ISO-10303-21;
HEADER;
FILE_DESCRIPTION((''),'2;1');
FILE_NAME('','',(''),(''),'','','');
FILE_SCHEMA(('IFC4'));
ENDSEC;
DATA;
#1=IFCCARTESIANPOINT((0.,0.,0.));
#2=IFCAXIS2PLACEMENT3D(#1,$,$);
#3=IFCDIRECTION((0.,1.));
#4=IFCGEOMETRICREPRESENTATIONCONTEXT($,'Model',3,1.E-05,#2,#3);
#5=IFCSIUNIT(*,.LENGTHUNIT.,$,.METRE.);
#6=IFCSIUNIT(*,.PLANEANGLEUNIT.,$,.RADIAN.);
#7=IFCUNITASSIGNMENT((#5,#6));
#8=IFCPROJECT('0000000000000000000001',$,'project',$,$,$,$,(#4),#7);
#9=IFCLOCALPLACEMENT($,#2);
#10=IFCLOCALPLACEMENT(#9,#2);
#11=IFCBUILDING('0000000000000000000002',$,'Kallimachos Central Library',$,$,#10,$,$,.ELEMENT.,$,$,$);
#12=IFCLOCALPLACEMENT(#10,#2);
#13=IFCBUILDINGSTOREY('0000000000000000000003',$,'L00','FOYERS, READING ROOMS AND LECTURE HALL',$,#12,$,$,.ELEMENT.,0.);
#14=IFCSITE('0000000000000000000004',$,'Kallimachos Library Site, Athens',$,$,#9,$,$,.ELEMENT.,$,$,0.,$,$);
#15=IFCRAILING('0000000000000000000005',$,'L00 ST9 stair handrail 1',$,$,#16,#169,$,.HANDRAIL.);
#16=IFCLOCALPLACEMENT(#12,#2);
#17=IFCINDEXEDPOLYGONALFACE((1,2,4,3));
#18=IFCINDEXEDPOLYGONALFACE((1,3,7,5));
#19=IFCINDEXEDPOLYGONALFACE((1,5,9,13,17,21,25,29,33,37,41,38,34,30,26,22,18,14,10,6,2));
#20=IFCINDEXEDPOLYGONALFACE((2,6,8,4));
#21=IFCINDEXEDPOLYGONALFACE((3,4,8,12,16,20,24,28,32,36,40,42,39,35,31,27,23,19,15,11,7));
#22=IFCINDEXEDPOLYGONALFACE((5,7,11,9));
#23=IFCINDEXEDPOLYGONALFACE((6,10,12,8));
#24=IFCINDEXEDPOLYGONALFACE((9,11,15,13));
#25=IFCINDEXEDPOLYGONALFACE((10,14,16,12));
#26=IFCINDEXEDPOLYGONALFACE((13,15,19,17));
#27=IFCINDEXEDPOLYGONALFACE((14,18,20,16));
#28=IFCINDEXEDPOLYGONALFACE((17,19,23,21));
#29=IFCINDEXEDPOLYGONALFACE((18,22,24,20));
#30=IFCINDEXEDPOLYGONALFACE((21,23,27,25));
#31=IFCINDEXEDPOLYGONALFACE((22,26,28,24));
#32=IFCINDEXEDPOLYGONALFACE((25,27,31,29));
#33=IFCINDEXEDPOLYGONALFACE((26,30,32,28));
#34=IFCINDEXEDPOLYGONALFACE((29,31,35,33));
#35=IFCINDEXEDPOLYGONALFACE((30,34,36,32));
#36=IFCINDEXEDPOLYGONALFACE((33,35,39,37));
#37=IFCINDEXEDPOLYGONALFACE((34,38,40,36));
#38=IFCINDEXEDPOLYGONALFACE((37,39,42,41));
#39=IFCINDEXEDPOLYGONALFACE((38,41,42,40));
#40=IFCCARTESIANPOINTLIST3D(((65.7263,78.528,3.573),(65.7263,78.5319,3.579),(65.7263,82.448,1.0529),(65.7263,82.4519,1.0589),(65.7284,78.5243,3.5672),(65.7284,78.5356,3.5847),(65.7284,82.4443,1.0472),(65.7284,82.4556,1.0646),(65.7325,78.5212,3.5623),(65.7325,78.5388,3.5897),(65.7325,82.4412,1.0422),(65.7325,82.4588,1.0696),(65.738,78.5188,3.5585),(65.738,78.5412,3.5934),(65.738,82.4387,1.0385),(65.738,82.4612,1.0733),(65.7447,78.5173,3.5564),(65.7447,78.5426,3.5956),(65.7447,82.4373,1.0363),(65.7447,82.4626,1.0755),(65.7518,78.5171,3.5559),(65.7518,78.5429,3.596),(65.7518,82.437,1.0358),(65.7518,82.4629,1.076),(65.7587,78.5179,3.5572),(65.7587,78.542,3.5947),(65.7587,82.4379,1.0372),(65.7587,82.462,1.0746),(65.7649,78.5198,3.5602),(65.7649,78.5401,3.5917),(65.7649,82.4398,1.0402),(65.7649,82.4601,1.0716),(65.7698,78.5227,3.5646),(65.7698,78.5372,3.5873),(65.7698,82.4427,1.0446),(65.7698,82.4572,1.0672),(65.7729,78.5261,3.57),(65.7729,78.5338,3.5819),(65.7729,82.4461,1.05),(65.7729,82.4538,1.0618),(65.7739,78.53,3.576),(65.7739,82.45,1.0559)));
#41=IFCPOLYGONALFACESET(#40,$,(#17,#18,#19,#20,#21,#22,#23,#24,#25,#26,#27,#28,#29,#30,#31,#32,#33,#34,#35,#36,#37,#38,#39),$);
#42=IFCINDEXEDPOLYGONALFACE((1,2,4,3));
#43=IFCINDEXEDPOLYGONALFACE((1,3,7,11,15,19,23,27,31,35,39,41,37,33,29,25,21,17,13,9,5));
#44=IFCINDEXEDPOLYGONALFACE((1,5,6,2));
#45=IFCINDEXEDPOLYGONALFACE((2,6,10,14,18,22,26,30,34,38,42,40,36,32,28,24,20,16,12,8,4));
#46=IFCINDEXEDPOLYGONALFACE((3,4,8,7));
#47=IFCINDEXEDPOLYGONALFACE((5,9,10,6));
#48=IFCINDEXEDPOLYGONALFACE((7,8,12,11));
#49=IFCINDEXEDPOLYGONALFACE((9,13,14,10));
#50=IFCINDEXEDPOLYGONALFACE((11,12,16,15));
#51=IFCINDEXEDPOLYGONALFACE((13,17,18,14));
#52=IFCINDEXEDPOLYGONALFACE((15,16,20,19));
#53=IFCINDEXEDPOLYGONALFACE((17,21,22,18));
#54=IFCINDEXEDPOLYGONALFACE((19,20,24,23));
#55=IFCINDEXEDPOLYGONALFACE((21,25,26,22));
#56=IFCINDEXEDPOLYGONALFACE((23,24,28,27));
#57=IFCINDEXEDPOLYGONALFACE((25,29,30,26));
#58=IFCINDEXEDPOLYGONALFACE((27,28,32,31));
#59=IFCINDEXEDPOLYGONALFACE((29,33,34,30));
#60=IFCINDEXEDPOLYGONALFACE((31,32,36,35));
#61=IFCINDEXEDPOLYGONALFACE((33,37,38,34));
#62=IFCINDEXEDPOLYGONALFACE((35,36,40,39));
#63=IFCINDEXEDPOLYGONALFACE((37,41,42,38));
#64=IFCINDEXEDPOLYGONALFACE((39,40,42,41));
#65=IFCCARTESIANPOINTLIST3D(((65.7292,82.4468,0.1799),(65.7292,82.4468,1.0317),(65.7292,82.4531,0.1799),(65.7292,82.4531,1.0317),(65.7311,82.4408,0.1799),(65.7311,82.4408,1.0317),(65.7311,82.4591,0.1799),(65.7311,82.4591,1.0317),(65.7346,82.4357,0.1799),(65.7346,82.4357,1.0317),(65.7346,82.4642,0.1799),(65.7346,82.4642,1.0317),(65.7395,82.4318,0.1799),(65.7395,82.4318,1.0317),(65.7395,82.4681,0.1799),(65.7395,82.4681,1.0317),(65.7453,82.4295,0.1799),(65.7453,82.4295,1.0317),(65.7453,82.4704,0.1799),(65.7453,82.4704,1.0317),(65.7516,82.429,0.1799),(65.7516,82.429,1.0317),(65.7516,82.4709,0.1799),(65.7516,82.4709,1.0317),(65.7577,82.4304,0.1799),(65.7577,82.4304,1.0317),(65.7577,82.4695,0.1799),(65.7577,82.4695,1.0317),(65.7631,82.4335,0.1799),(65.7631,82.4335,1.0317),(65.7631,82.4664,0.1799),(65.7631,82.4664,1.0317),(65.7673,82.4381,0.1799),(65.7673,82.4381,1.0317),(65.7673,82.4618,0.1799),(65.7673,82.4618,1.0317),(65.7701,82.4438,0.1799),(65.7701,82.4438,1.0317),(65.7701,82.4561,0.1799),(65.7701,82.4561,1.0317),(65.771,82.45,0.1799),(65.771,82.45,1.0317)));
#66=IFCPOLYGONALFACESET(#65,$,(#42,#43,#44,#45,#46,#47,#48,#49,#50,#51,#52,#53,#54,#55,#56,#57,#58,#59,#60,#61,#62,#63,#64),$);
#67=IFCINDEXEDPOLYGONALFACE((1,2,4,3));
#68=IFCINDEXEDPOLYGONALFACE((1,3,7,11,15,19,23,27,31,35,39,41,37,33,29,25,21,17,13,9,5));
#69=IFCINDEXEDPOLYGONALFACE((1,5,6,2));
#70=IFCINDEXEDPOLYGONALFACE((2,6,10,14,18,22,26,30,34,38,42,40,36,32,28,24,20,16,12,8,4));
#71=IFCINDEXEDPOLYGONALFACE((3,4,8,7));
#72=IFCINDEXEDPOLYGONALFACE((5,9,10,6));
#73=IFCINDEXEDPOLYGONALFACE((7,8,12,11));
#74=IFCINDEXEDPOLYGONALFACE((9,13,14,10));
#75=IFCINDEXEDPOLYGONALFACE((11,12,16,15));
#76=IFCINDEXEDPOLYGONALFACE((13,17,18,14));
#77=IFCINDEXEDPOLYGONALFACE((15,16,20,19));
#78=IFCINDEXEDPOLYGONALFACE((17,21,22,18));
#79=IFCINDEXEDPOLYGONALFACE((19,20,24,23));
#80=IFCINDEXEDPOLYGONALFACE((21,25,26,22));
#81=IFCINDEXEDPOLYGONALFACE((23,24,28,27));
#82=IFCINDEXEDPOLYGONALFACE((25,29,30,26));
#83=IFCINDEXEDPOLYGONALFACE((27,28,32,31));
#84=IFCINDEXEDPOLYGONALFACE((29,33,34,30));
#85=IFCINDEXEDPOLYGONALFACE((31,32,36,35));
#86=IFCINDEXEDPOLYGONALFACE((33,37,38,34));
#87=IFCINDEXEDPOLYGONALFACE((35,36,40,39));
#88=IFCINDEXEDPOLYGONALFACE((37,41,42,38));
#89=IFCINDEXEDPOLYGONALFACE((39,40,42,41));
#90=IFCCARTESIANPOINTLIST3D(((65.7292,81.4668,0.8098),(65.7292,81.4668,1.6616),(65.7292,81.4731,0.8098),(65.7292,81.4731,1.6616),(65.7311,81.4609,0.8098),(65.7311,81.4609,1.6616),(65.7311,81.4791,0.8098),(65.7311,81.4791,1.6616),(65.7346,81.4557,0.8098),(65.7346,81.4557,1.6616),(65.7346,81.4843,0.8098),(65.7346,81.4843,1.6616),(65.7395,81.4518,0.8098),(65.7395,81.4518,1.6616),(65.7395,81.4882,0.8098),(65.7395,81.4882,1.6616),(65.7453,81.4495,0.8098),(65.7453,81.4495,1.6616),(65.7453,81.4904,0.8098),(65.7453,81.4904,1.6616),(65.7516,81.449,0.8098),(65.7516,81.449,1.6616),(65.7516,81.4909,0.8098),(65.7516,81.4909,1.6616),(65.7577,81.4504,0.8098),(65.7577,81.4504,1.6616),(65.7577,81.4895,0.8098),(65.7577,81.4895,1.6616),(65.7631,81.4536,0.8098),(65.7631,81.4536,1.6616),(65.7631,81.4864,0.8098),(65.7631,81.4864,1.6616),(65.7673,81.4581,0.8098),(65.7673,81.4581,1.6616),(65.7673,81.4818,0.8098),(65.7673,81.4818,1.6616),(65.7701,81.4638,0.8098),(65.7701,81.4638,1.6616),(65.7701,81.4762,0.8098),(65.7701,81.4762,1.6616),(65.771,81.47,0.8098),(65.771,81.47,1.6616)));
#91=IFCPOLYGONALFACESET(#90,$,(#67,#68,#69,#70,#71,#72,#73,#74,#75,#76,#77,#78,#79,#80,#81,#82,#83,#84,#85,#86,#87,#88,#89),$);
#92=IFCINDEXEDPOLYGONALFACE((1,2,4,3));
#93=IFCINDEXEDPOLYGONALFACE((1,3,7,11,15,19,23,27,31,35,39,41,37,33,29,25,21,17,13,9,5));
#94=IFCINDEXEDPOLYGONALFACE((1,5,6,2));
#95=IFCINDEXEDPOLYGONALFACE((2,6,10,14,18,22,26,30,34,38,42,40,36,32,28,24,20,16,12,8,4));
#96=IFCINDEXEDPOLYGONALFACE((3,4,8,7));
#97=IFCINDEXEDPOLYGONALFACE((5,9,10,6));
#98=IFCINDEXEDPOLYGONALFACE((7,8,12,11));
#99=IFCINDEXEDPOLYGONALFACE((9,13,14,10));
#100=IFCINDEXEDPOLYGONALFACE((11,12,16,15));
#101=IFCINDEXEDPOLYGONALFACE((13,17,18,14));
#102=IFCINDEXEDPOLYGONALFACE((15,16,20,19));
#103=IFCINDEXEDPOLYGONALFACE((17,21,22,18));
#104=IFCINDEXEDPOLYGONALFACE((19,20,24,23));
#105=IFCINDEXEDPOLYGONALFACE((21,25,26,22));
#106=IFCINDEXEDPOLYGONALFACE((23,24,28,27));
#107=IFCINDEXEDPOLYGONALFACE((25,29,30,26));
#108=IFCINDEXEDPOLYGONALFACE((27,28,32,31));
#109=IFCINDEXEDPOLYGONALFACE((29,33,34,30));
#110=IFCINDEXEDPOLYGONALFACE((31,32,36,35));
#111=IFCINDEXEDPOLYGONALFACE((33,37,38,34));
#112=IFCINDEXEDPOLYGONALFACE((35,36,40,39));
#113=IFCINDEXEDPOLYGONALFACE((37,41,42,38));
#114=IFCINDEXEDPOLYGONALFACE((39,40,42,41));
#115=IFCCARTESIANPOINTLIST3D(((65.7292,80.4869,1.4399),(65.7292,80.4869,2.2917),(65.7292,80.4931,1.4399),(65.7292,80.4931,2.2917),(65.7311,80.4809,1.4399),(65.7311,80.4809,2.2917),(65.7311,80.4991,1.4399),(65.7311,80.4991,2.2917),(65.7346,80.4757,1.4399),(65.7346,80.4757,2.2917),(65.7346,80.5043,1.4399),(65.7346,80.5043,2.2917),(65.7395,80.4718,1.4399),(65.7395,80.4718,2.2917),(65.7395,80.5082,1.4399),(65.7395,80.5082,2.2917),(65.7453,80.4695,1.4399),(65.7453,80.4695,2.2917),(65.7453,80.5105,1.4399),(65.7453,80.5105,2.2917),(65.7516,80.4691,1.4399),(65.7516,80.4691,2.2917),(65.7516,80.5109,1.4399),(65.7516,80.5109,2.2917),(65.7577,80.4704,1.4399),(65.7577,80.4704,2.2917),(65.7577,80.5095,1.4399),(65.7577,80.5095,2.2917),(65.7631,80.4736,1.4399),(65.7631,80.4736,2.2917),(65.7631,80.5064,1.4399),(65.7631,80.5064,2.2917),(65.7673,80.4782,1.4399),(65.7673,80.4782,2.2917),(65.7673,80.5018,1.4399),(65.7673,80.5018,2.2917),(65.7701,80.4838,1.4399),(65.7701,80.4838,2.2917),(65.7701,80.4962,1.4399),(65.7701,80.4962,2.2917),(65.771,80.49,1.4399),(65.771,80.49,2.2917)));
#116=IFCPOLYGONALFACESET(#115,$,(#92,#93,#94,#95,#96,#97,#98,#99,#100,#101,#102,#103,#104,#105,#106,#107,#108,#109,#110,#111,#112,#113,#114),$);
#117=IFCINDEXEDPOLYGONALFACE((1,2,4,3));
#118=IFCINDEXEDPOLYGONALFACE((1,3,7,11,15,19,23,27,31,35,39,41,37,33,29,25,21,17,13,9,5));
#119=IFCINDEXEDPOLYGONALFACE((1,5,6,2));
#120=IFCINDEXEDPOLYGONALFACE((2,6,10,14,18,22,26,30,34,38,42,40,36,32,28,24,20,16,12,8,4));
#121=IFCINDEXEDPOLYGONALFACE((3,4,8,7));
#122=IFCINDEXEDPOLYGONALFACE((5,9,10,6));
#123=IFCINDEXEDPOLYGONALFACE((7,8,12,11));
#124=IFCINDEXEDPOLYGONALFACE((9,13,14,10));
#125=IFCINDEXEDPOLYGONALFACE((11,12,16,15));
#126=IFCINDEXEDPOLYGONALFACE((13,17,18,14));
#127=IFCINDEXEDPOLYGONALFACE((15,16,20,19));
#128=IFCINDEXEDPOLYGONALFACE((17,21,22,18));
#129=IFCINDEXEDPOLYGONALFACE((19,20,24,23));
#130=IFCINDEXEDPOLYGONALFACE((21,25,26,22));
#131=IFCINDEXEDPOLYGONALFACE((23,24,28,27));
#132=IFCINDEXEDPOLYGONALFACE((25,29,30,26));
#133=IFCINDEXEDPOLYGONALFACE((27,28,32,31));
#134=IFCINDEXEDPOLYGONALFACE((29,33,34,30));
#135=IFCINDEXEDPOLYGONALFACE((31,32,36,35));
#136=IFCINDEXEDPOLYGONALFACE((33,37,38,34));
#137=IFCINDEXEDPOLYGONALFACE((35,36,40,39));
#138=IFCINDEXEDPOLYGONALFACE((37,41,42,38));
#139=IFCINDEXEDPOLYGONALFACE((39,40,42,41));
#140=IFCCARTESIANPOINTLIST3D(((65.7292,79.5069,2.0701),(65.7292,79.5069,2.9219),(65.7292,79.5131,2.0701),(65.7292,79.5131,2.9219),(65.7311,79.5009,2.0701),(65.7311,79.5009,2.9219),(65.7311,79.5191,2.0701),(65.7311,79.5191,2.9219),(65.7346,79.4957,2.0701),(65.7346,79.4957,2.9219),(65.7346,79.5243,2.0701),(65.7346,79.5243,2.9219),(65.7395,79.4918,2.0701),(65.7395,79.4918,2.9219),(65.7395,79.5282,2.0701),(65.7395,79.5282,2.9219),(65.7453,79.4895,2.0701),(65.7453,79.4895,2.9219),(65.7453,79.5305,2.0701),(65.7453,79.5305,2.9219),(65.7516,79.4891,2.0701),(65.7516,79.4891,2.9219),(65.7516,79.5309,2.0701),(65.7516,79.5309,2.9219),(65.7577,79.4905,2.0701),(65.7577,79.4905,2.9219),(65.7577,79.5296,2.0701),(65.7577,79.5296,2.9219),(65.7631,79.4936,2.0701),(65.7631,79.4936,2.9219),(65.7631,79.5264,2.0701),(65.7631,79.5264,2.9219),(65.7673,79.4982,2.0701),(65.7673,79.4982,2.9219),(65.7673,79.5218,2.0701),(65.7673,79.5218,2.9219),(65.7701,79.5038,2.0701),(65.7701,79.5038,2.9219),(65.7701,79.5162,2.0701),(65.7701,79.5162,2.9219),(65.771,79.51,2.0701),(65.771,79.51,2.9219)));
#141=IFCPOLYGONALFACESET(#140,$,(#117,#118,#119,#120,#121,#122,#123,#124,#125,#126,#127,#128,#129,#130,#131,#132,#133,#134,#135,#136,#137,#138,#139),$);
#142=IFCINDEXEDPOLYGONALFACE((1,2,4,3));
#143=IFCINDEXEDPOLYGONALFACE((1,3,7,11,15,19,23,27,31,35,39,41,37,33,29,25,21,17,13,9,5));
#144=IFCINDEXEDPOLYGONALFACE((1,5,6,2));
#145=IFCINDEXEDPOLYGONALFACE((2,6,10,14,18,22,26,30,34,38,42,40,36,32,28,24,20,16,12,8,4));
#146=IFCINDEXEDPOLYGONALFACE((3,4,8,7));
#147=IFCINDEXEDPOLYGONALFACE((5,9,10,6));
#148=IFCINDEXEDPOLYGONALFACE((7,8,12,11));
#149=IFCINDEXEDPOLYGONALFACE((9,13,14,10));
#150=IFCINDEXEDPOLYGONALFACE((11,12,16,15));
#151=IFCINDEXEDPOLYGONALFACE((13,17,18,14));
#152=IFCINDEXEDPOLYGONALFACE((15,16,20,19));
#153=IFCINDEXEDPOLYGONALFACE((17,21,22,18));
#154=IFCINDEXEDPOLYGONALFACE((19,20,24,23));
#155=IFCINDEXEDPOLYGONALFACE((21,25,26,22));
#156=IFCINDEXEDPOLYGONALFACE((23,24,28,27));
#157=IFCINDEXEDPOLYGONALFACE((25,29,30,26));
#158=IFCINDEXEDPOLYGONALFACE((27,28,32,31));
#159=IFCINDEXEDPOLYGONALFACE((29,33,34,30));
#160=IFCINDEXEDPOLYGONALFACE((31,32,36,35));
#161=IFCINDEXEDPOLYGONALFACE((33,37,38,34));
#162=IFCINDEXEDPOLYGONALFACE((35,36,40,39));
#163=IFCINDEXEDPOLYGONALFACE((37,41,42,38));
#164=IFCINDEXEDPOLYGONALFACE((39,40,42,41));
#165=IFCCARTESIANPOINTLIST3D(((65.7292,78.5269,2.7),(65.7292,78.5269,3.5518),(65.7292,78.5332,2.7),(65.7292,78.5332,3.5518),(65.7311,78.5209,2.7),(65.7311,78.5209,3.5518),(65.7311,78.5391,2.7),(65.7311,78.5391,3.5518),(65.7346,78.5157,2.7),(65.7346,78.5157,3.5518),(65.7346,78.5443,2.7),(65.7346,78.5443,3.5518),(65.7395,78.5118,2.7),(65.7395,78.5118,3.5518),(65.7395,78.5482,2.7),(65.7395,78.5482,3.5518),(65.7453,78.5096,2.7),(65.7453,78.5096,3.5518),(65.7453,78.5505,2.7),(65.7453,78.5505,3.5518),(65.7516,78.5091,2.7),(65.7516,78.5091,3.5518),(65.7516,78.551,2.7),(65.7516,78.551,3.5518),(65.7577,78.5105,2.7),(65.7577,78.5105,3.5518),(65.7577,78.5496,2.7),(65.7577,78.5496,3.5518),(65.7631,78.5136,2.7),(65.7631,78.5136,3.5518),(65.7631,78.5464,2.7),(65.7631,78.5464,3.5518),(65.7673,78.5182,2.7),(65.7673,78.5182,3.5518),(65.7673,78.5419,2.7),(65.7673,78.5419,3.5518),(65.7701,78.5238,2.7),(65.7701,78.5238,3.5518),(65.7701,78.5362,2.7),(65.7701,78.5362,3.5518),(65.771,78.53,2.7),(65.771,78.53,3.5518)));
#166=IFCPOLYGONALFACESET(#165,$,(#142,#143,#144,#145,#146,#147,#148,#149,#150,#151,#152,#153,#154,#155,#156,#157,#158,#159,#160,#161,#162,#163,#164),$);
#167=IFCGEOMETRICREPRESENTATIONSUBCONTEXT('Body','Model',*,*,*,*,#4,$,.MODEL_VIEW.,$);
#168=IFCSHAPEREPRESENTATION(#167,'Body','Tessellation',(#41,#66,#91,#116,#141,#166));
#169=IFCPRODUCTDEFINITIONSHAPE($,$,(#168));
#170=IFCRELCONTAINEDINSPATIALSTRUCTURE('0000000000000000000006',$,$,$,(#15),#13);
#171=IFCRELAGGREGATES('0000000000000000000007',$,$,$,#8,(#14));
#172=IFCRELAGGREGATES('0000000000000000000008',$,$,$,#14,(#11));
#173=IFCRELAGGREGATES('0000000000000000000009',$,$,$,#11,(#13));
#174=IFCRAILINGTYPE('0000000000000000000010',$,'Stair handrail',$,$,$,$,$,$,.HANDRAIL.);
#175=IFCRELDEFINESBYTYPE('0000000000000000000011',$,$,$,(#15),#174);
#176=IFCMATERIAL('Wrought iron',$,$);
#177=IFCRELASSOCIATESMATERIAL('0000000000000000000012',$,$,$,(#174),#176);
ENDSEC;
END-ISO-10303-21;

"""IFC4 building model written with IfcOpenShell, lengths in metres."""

from ifc_helpers import new_model, si_unit, direction, frame, origin, origin_2d, place, context, subcontext, project, spatial, circle, extrude, material, type_object, element, save


model = new_model("IFC4")

# Units and contexts
model_context = context("Model", 3, precision=1e-05, world=origin(), true_north=direction((0.0, 1.0)))
body_context = subcontext(model_context, "Body", "Model", "MODEL_VIEW")
ifc_project = project(units=[si_unit("LENGTHUNIT", "METRE"), si_unit("PLANEANGLEUNIT", "RADIAN")], contexts=[model_context])

# Site, building, storey
site_placement = place(None, origin())
site = spatial("IfcSite", under=ifc_project, at=site_placement, Name="Kallimachos Library Site, Athens", CompositionType="ELEMENT", RefElevation=0.0)
building_placement = place(site_placement, origin())
building = spatial("IfcBuilding", under=site, at=building_placement, Name="Kallimachos Central Library", CompositionType="ELEMENT")
storey_placement = place(building_placement, origin())
storey = spatial("IfcBuildingStorey", under=building, at=storey_placement, Name="L00", Description="FOYERS, READING ROOMS AND LECTURE HALL", CompositionType="ELEMENT", Elevation=0.0)

# Railing
ifc_material_1 = material(Name="Wrought iron")
railing_type_1 = type_object("IfcRailingType", Name="Stair handrail", PredefinedType="HANDRAIL", material=ifc_material_1)
railing_1_placement = place(storey_placement, frame((65.75, 82.45, 0.1799)))
element("IfcRailing", 1, at=railing_1_placement, inside=storey, type_object=railing_type_1, Name="L00 ST9 stair handrail 1", PredefinedType="HANDRAIL", context=body_context, shape_type="SweptSolid", body=[
    extrude(circle(Radius=0.0239, at=origin_2d()), frame((0.0, 0.0, 0.876), z_axis=(0.0, -0.841172, 0.540768), x_axis=(1.0, 0.0, 0.0)), (0.0, 0.0, 1.0), 4.6602),
    extrude(circle(Radius=0.021, at=origin_2d()), origin(), (0.0, 0.0, 1.0), 0.8518),
    extrude(circle(Radius=0.021, at=origin_2d()), frame((0.0, -0.98, 0.6299)), (0.0, 0.0, 1.0), 0.8518),
    extrude(circle(Radius=0.021, at=origin_2d()), frame((0.0, -1.96, 1.26)), (0.0, 0.0, 1.0), 0.8518),
    extrude(circle(Radius=0.021, at=origin_2d()), frame((0.0, -2.9399, 1.8901)), (0.0, 0.0, 1.0), 0.8518),
    extrude(circle(Radius=0.021, at=origin_2d()), frame((0.0, -3.9199, 2.52)), (0.0, 0.0, 1.0), 0.8518),
])

save(model, "model.ifc")
